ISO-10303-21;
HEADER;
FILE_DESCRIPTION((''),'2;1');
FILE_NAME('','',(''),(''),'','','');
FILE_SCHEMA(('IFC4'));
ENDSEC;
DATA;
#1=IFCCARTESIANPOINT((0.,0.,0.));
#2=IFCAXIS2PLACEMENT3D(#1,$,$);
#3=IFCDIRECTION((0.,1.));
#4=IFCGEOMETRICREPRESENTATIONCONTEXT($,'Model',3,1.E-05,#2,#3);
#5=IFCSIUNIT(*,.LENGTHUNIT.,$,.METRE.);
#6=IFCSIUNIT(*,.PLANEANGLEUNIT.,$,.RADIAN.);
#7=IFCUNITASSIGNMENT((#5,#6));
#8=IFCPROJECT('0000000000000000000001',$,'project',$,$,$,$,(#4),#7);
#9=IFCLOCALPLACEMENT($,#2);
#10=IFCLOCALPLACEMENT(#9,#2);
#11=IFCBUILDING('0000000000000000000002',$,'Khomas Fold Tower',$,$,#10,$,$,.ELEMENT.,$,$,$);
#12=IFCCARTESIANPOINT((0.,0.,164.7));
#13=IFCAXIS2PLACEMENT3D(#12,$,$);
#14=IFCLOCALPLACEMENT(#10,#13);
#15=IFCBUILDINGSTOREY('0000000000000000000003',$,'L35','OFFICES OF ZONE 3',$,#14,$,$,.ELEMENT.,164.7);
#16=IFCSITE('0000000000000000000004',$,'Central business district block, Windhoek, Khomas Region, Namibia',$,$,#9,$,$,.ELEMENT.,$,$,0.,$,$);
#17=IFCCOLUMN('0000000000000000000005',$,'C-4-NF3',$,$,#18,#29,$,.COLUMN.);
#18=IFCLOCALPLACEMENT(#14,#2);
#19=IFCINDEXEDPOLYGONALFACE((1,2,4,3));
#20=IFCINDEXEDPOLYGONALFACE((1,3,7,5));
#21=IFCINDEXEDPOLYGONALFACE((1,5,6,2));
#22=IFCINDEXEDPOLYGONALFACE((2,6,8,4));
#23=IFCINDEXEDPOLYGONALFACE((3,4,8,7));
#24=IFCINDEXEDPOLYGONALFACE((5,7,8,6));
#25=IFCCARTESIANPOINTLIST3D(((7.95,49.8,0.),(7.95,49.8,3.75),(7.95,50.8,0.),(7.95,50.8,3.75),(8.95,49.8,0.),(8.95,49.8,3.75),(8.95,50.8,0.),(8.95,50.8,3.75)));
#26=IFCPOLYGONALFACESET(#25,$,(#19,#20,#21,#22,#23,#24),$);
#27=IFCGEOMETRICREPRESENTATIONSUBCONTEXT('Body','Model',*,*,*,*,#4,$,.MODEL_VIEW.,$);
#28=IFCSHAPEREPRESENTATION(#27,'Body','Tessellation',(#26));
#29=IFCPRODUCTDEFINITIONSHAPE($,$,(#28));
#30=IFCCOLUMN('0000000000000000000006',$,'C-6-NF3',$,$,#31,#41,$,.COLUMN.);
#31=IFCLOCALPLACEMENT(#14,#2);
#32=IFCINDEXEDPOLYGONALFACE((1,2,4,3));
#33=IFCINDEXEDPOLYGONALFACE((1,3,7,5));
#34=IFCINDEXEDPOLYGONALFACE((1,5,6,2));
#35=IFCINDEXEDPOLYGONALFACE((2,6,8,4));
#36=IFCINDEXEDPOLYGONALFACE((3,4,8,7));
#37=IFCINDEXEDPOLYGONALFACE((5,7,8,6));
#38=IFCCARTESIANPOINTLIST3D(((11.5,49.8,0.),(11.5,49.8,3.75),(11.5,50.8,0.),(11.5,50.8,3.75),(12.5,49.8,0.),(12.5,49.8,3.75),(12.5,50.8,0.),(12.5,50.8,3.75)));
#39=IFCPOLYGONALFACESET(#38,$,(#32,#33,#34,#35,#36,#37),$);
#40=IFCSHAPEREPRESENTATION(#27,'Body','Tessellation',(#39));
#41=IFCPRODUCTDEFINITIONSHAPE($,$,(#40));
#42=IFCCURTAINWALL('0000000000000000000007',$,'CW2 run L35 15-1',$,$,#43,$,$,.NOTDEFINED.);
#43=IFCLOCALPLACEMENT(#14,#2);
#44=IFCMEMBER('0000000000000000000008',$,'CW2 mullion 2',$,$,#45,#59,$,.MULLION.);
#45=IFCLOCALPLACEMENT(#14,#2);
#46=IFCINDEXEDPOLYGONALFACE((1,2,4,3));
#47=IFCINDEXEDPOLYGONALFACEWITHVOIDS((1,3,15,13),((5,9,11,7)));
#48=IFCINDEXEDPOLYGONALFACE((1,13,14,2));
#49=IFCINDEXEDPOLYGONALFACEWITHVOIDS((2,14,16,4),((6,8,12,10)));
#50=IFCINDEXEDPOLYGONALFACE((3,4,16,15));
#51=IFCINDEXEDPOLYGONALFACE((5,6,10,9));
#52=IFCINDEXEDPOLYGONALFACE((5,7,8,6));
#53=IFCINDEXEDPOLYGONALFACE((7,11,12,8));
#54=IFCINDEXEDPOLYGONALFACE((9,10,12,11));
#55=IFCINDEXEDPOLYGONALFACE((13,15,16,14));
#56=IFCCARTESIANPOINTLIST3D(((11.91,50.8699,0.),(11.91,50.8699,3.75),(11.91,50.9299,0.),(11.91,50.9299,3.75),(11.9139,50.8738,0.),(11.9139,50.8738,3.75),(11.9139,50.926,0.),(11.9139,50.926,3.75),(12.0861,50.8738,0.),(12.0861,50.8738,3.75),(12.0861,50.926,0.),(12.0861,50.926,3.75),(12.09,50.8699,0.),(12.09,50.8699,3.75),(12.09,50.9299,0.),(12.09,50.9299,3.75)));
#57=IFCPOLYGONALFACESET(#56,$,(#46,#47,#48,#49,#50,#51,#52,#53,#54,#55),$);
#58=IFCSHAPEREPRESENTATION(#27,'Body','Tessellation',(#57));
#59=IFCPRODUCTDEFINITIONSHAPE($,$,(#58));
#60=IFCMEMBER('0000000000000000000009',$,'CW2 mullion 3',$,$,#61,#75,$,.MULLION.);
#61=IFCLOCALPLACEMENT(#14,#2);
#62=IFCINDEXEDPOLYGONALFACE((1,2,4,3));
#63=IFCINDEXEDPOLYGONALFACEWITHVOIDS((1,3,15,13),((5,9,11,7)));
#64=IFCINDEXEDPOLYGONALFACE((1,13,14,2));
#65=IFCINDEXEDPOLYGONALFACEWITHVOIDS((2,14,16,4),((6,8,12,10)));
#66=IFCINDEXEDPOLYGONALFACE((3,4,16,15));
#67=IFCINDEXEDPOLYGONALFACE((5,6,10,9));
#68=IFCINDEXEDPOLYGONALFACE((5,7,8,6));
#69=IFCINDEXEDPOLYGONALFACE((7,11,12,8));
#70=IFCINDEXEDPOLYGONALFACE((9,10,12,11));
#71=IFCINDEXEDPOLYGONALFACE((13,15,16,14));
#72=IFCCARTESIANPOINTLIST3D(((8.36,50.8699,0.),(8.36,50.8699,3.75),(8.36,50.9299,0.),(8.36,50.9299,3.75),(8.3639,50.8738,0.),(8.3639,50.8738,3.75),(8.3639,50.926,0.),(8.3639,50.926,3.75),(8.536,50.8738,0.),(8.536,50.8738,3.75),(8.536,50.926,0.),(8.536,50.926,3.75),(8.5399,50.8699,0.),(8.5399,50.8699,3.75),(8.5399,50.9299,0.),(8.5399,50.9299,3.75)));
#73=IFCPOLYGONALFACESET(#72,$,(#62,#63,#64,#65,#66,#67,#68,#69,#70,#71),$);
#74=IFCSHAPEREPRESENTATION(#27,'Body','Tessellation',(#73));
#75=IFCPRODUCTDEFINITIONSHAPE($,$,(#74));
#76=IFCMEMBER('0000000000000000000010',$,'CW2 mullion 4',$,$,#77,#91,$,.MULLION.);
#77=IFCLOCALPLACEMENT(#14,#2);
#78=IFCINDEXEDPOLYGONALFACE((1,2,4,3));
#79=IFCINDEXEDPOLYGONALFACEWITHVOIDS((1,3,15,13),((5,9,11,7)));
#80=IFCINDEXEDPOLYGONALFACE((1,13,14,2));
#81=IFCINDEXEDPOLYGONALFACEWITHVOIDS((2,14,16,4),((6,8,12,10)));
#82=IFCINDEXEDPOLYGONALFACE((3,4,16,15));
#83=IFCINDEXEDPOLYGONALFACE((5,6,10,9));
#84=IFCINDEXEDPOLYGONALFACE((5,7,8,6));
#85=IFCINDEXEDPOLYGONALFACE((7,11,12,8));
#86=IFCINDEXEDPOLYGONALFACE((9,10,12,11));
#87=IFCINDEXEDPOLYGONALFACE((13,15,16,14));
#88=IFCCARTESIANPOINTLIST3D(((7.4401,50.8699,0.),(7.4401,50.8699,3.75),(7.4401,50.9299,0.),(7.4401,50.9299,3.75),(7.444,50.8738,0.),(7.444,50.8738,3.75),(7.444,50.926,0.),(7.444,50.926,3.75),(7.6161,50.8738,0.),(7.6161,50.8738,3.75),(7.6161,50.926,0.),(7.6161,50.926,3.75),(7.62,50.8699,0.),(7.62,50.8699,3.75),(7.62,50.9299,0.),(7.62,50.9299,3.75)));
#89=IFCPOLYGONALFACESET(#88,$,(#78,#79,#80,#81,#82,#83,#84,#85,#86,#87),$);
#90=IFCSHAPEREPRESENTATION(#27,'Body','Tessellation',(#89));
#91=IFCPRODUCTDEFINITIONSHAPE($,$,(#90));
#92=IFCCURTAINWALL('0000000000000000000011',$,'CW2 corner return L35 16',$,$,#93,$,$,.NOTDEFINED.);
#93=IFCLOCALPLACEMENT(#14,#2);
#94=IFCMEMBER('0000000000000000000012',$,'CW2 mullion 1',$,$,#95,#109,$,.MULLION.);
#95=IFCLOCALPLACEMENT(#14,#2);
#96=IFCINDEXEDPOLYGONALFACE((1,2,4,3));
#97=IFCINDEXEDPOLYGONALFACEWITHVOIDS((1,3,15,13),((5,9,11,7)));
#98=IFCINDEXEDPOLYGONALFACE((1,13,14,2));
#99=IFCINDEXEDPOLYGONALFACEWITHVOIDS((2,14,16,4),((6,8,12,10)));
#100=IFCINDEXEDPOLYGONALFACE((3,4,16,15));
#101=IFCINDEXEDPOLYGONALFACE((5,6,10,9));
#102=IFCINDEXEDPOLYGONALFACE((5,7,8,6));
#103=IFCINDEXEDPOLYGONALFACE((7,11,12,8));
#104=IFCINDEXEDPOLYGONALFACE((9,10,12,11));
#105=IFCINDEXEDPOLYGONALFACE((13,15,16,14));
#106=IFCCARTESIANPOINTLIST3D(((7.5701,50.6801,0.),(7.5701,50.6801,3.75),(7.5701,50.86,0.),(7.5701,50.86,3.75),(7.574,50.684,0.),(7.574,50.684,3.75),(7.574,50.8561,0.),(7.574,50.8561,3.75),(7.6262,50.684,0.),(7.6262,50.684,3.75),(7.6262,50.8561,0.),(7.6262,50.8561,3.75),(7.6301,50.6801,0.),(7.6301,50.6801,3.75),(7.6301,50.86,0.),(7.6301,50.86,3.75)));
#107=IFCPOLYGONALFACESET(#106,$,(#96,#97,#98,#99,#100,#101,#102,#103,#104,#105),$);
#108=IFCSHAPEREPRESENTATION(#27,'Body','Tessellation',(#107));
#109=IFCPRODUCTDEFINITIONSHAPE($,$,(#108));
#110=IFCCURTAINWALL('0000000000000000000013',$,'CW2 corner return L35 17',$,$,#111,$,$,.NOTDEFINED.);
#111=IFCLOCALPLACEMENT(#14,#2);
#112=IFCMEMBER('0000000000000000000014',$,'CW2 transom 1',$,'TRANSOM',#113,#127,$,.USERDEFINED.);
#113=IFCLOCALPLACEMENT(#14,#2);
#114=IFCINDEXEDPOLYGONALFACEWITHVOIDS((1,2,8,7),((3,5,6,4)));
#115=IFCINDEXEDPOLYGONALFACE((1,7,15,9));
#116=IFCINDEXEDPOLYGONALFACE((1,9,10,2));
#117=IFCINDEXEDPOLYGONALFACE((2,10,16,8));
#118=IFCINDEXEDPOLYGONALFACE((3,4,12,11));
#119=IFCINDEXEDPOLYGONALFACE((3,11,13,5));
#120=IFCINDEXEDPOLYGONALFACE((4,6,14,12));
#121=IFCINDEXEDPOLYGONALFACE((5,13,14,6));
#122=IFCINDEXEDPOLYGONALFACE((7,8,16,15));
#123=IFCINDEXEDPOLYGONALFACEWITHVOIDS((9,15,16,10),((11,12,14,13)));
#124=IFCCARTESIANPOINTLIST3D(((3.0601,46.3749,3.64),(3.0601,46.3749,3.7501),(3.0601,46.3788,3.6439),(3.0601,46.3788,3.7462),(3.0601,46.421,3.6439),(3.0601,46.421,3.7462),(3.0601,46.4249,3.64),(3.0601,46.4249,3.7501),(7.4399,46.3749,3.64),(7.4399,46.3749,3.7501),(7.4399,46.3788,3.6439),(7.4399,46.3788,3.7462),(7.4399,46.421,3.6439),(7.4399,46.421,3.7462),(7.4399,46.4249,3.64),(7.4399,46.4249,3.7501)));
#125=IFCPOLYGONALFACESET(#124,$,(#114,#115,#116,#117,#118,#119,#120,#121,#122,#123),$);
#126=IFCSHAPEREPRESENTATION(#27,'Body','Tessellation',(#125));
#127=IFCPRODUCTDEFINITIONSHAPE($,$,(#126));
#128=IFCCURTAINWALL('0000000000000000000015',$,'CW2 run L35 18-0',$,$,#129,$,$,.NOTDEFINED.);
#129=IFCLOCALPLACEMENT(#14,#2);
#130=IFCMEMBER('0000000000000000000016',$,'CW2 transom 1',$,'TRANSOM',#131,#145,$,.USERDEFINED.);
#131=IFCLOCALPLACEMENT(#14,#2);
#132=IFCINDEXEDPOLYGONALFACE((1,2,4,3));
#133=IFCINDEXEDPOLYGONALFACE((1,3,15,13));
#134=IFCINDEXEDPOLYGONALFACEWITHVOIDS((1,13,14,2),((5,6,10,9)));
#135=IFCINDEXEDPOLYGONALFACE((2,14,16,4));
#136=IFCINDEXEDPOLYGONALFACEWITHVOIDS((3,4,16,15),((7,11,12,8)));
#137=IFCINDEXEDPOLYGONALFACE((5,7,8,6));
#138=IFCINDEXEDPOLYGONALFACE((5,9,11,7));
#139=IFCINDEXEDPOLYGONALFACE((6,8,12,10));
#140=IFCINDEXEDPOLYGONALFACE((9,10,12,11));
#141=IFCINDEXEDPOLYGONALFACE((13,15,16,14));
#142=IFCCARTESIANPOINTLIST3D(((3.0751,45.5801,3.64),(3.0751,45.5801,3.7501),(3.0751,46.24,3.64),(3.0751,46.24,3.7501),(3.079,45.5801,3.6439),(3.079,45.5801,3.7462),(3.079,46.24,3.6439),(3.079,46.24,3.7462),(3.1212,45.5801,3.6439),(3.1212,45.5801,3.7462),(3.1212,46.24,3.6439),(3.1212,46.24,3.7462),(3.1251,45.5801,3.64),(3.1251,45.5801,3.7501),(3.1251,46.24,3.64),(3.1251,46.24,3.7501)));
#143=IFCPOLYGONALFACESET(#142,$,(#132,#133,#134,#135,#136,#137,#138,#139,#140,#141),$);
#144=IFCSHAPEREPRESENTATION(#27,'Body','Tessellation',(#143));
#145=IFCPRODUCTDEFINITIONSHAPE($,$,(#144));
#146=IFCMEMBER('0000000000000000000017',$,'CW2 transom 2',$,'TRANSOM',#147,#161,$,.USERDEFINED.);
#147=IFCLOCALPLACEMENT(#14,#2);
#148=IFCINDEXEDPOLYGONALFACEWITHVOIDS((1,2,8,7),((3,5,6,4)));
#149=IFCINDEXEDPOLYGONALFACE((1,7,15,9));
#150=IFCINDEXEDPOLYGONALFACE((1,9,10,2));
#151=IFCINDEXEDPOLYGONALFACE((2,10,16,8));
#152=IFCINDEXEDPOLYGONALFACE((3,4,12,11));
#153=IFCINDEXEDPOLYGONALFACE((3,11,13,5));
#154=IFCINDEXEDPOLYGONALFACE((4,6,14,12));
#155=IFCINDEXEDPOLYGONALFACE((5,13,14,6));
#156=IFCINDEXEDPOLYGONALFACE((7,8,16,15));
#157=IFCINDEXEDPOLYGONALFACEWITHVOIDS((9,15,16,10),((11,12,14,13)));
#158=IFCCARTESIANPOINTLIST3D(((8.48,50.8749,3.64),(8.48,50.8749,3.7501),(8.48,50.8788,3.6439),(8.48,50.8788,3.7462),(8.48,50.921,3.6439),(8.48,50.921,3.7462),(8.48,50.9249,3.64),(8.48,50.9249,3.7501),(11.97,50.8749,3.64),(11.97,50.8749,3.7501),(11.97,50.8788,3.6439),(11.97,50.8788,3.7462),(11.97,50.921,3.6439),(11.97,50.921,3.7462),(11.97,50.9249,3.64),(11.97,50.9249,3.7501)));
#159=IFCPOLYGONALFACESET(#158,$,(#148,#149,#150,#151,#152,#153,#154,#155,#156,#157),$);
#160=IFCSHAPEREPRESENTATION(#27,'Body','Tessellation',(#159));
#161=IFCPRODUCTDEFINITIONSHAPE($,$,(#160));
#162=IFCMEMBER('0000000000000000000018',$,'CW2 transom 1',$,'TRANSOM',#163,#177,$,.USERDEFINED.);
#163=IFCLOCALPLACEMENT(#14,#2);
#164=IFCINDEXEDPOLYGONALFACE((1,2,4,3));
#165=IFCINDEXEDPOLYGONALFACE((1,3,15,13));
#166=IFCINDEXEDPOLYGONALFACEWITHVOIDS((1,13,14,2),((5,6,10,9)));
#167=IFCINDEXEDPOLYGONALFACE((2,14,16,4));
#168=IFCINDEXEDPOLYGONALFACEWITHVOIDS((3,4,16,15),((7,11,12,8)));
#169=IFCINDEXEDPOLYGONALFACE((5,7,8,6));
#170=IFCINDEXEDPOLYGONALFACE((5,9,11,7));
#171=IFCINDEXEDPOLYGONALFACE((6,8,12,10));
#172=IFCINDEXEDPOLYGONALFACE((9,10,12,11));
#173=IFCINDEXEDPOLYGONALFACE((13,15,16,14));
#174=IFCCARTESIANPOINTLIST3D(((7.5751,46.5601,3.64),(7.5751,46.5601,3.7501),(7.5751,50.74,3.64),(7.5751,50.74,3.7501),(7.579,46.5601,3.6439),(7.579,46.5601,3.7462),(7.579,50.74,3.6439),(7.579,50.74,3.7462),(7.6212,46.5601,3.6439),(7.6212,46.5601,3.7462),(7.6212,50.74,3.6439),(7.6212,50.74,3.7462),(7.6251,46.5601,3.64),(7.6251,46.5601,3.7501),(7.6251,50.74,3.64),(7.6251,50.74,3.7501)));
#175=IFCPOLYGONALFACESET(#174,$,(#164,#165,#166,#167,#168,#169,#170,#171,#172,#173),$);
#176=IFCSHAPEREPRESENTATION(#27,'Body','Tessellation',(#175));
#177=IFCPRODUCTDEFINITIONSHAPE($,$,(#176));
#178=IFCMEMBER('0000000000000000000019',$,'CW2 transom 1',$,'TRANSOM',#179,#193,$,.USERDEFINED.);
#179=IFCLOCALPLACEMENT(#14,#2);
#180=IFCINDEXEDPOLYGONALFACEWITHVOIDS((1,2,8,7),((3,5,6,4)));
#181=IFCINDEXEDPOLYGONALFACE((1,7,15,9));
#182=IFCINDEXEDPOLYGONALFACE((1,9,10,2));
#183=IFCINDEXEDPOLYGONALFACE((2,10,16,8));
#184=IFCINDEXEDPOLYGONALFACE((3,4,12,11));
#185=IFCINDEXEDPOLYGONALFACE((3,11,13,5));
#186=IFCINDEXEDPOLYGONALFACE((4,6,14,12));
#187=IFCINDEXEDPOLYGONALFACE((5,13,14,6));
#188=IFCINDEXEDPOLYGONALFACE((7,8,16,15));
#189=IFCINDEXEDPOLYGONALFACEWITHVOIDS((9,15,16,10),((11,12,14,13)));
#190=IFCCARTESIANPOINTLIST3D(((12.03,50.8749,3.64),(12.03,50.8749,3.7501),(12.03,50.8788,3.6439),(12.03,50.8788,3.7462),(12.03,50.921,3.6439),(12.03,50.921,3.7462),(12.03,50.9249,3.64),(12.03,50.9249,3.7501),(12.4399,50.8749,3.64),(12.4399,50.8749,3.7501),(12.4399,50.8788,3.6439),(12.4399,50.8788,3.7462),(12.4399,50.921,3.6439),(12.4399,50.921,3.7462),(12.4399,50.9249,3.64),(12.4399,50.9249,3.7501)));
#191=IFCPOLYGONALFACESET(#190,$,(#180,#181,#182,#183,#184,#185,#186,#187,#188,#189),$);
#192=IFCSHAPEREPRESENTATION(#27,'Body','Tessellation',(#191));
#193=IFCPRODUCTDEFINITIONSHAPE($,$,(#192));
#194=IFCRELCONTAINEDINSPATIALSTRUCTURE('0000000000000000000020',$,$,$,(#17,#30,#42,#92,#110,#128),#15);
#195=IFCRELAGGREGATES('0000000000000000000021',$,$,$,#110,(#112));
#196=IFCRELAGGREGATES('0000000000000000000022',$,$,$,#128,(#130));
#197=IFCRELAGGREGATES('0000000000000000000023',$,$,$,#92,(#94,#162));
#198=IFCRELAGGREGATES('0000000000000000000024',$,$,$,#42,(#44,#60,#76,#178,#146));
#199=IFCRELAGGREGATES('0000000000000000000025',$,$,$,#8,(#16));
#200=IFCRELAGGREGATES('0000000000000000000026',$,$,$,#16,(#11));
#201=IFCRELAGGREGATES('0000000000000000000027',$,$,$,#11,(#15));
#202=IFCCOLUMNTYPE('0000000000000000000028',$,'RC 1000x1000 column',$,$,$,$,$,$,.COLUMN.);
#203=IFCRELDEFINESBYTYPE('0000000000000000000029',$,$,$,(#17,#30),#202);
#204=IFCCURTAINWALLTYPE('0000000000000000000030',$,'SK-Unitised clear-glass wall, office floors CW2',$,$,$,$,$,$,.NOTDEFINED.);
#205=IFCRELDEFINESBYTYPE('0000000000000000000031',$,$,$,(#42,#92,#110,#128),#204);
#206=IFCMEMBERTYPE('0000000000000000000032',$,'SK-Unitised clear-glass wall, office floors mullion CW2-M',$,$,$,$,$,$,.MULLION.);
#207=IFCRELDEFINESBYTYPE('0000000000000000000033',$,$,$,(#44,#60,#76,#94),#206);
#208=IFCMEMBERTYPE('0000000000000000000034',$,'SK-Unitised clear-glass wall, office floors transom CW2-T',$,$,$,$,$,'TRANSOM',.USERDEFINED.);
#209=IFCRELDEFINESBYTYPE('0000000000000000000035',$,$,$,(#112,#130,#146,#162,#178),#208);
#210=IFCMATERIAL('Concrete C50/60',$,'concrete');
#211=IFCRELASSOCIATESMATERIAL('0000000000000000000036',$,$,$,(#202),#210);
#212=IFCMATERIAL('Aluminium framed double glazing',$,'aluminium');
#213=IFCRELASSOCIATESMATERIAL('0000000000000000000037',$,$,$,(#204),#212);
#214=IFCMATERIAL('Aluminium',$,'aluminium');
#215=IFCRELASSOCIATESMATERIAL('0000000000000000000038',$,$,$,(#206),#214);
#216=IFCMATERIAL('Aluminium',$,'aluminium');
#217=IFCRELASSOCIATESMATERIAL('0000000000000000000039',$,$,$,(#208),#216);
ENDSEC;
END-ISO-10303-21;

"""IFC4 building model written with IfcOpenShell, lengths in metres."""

from ifc_helpers import new_model, si_unit, direction, frame, origin, origin_2d, place, context, subcontext, project, spatial, rectangle, hollow_rectangle, extrude, source, transform, mapped, material, material_profile, profile_set, type_object, element, aggregate, save


model = new_model("IFC4")

# Units and contexts
model_context = context("Model", 3, precision=1e-05, world=origin(), true_north=direction((0.0, 1.0)))
body_context = subcontext(model_context, "Body", "Model", "MODEL_VIEW")
ifc_project = project(units=[si_unit("LENGTHUNIT", "METRE"), si_unit("PLANEANGLEUNIT", "RADIAN")], contexts=[model_context])

# Site, building, storey
site_placement = place(None, origin())
site = spatial("IfcSite", under=ifc_project, at=site_placement, Name="Central business district block, Windhoek, Khomas Region, Namibia", CompositionType="ELEMENT", RefElevation=0.0)
building_placement = place(site_placement, origin())
building = spatial("IfcBuilding", under=site, at=building_placement, Name="Khomas Fold Tower", CompositionType="ELEMENT")
storey_placement = place(building_placement, frame((0.0, 0.0, 164.7)))
storey = spatial("IfcBuildingStorey", under=building, at=storey_placement, Name="L35", Description="OFFICES OF ZONE 3", CompositionType="ELEMENT", Elevation=164.7)

# Columns
ifc_material_1 = material(Name="Concrete C50/60", Category="concrete")
ifc_material_profile_1 = material_profile(ifc_material_1, rectangle(XDim=1.0, YDim=1.0, at=origin_2d()), Name="RC 1000x1000")
ifc_profile_set_1 = profile_set([ifc_material_profile_1], Name="Concrete C50/60")
column_type = type_object("IfcColumnType", Name="RC 1000x1000 column", PredefinedType="COLUMN", material=ifc_profile_set_1)
shared_shape_1 = source(origin(), body_context, "Body", "SweptSolid", [
    extrude(rectangle(XDim=1.0, YDim=1.0, at=origin_2d()), origin(), (0.0, 0.0, 1.0), 3.75),
])
for number, where, z_axis, x_axis, name in (
    (1, (8.45, 50.3, 0.0), (0.0, 0.0, 1.0), (1.0, 0.0, 0.0), "C-4-NF3"),
    (2, (12.0, 50.3, 0.0), (0.0, 0.0, 1.0), (1.0, 0.0, 0.0), "C-6-NF3"),
):
    element("IfcColumn", number, at=place(storey_placement, frame(where, z_axis=z_axis, x_axis=x_axis)), inside=storey, type_object=column_type, Name=name, PredefinedType="COLUMN", context=body_context, shape_type="MappedRepresentation", body=[
        mapped(shared_shape_1, transform((0.0, 0.0, 0.0))),
    ])

# Curtain wall, members
ifc_material_2 = material(Name="Aluminium framed double glazing", Category="aluminium")
curtain_wall_type = type_object("IfcCurtainWallType", Name="SK-Unitised clear-glass wall, office floors CW2", PredefinedType="NOTDEFINED", material=ifc_material_2)
curtain_wall_1_placement = place(storey_placement, origin())
curtain_wall_1 = element("IfcCurtainWall", 3, at=curtain_wall_1_placement, inside=storey, type_object=curtain_wall_type, Name="CW2 run L35 15-1", PredefinedType="NOTDEFINED")
ifc_material_3 = material(Name="Aluminium", Category="aluminium")
ifc_material_profile_2 = material_profile(ifc_material_3, hollow_rectangle(XDim=0.0601, YDim=0.1799, WallThickness=0.0039, at=origin_2d()), Name="SK-Unitised clear-glass wall, office floors mullion CW2-M")
ifc_profile_set_2 = profile_set([ifc_material_profile_2], Name="Aluminium")
member_type_1 = type_object("IfcMemberType", Name="SK-Unitised clear-glass wall, office floors mullion CW2-M", PredefinedType="MULLION", material=ifc_profile_set_2)
shared_shape_2 = source(origin(), body_context, "Body", "SweptSolid", [
    extrude(hollow_rectangle(XDim=0.0601, YDim=0.1799, WallThickness=0.0039, at=origin_2d()), origin(), (0.0, 0.0, 1.0), 3.75),
])
member_1_placement = place(storey_placement, frame((12.0, 50.8999, 0.0), z_axis=(0.0, 0.0, 1.0), x_axis=(0.0, -1.0, 0.0)))
member_1 = element("IfcMember", 4, at=member_1_placement, type_object=member_type_1, Name="CW2 mullion 2", PredefinedType="MULLION", context=body_context, shape_type="MappedRepresentation", body=[
    mapped(shared_shape_2, transform((0.0, 0.0, 0.0))),
])
member_2_placement = place(storey_placement, frame((8.45, 50.8999, 0.0), z_axis=(0.0, 0.0, 1.0), x_axis=(0.0, -1.0, 0.0)))
member_2 = element("IfcMember", 5, at=member_2_placement, type_object=member_type_1, Name="CW2 mullion 3", PredefinedType="MULLION", context=body_context, shape_type="MappedRepresentation", body=[
    mapped(shared_shape_2, transform((0.0, 0.0, 0.0))),
])
member_3_placement = place(storey_placement, frame((7.53, 50.8999, 0.0), z_axis=(0.0, 0.0, 1.0), x_axis=(0.0, -1.0, 0.0)))
member_3 = element("IfcMember", 6, at=member_3_placement, type_object=member_type_1, Name="CW2 mullion 4", PredefinedType="MULLION", context=body_context, shape_type="MappedRepresentation", body=[
    mapped(shared_shape_2, transform((0.0, 0.0, 0.0))),
])

# Curtain walls, members
curtain_wall_2_placement = place(storey_placement, origin())
curtain_wall_2 = element("IfcCurtainWall", 7, at=curtain_wall_2_placement, inside=storey, type_object=curtain_wall_type, Name="CW2 corner return L35 16", PredefinedType="NOTDEFINED")
member_4_placement = place(storey_placement, frame((7.6001, 50.77, 0.0), z_axis=(0.0, 0.0, 1.0), x_axis=(1.0, 0.0, 0.0)))
member_4 = element("IfcMember", 8, at=member_4_placement, type_object=member_type_1, Name="CW2 mullion 1", PredefinedType="MULLION", context=body_context, shape_type="MappedRepresentation", body=[
    mapped(shared_shape_2, transform((0.0, 0.0, 0.0))),
])
curtain_wall_3_placement = place(storey_placement, origin())
curtain_wall_3 = element("IfcCurtainWall", 9, at=curtain_wall_3_placement, inside=storey, type_object=curtain_wall_type, Name="CW2 corner return L35 17", PredefinedType="NOTDEFINED")
ifc_material_4 = material(Name="Aluminium", Category="aluminium")
ifc_material_profile_3 = material_profile(ifc_material_4, hollow_rectangle(XDim=0.05, YDim=0.1101, WallThickness=0.0039, at=origin_2d()), Name="SK-Unitised clear-glass wall, office floors transom CW2-T")
ifc_profile_set_3 = profile_set([ifc_material_profile_3], Name="Aluminium")
member_type_2 = type_object("IfcMemberType", Name="SK-Unitised clear-glass wall, office floors transom CW2-T", ElementType="TRANSOM", PredefinedType="USERDEFINED", material=ifc_profile_set_3)
shared_shape_3 = source(origin(), body_context, "Body", "SweptSolid", [
    extrude(hollow_rectangle(XDim=0.05, YDim=0.1101, WallThickness=0.0039, at=origin_2d()), origin(), (0.0, 0.0, 1.0), 4.3799),
])
member_5_placement = place(storey_placement, frame((7.4399, 46.3999, 3.6951), z_axis=(-1.0, 0.0, 0.0), x_axis=(0.0, -1.0, 0.0)))
member_5 = element("IfcMember", 10, at=member_5_placement, type_object=member_type_2, Name="CW2 transom 1", ObjectType="TRANSOM", PredefinedType="USERDEFINED", context=body_context, shape_type="MappedRepresentation", body=[
    mapped(shared_shape_3, transform((0.0, 0.0, 0.0))),
])
aggregate(curtain_wall_3, [member_5])
curtain_wall_4_placement = place(storey_placement, origin())
curtain_wall_4 = element("IfcCurtainWall", 11, at=curtain_wall_4_placement, inside=storey, type_object=curtain_wall_type, Name="CW2 run L35 18-0", PredefinedType="NOTDEFINED")
shared_shape_4 = source(origin(), body_context, "Body", "SweptSolid", [
    extrude(hollow_rectangle(XDim=0.05, YDim=0.1101, WallThickness=0.0039, at=origin_2d()), origin(), (0.0, 0.0, 1.0), 0.6599),
])
member_6_placement = place(storey_placement, frame((3.1001, 46.24, 3.6951), z_axis=(0.0, -1.0, 0.0), x_axis=(1.0, 0.0, 0.0)))
member_6 = element("IfcMember", 12, at=member_6_placement, type_object=member_type_2, Name="CW2 transom 1", ObjectType="TRANSOM", PredefinedType="USERDEFINED", context=body_context, shape_type="MappedRepresentation", body=[
    mapped(shared_shape_4, transform((0.0, 0.0, 0.0))),
])
aggregate(curtain_wall_4, [member_6])

# Members
shared_shape_5 = source(origin(), body_context, "Body", "SweptSolid", [
    extrude(hollow_rectangle(XDim=0.05, YDim=0.1101, WallThickness=0.0039, at=origin_2d()), origin(), (0.0, 0.0, 1.0), 3.49),
])
member_7_placement = place(storey_placement, frame((11.97, 50.8999, 3.6951), z_axis=(-1.0, 0.0, 0.0), x_axis=(0.0, -1.0, 0.0)))
member_7 = element("IfcMember", 13, at=member_7_placement, type_object=member_type_2, Name="CW2 transom 2", ObjectType="TRANSOM", PredefinedType="USERDEFINED", context=body_context, shape_type="MappedRepresentation", body=[
    mapped(shared_shape_5, transform((0.0, 0.0, 0.0))),
])
shared_shape_6 = source(origin(), body_context, "Body", "SweptSolid", [
    extrude(hollow_rectangle(XDim=0.05, YDim=0.1101, WallThickness=0.0039, at=origin_2d()), origin(), (0.0, 0.0, 1.0), 4.1799),
])
member_8_placement = place(storey_placement, frame((7.6001, 50.74, 3.6951), z_axis=(0.0, -1.0, 0.0), x_axis=(1.0, 0.0, 0.0)))
member_8 = element("IfcMember", 14, at=member_8_placement, type_object=member_type_2, Name="CW2 transom 1", ObjectType="TRANSOM", PredefinedType="USERDEFINED", context=body_context, shape_type="MappedRepresentation", body=[
    mapped(shared_shape_6, transform((0.0, 0.0, 0.0))),
])
aggregate(curtain_wall_2, [member_4, member_8])
shared_shape_7 = source(origin(), body_context, "Body", "SweptSolid", [
    extrude(hollow_rectangle(XDim=0.05, YDim=0.1101, WallThickness=0.0039, at=origin_2d()), origin(), (0.0, 0.0, 1.0), 0.4099),
])
member_9_placement = place(storey_placement, frame((12.4399, 50.8999, 3.6951), z_axis=(-1.0, 0.0, 0.0), x_axis=(0.0, -1.0, 0.0)))
member_9 = element("IfcMember", 15, at=member_9_placement, type_object=member_type_2, Name="CW2 transom 1", ObjectType="TRANSOM", PredefinedType="USERDEFINED", context=body_context, shape_type="MappedRepresentation", body=[
    mapped(shared_shape_7, transform((0.0, 0.0, 0.0))),
])

aggregate(curtain_wall_1, [member_1, member_2, member_3, member_9, member_7])

save(model, "model.ifc")
